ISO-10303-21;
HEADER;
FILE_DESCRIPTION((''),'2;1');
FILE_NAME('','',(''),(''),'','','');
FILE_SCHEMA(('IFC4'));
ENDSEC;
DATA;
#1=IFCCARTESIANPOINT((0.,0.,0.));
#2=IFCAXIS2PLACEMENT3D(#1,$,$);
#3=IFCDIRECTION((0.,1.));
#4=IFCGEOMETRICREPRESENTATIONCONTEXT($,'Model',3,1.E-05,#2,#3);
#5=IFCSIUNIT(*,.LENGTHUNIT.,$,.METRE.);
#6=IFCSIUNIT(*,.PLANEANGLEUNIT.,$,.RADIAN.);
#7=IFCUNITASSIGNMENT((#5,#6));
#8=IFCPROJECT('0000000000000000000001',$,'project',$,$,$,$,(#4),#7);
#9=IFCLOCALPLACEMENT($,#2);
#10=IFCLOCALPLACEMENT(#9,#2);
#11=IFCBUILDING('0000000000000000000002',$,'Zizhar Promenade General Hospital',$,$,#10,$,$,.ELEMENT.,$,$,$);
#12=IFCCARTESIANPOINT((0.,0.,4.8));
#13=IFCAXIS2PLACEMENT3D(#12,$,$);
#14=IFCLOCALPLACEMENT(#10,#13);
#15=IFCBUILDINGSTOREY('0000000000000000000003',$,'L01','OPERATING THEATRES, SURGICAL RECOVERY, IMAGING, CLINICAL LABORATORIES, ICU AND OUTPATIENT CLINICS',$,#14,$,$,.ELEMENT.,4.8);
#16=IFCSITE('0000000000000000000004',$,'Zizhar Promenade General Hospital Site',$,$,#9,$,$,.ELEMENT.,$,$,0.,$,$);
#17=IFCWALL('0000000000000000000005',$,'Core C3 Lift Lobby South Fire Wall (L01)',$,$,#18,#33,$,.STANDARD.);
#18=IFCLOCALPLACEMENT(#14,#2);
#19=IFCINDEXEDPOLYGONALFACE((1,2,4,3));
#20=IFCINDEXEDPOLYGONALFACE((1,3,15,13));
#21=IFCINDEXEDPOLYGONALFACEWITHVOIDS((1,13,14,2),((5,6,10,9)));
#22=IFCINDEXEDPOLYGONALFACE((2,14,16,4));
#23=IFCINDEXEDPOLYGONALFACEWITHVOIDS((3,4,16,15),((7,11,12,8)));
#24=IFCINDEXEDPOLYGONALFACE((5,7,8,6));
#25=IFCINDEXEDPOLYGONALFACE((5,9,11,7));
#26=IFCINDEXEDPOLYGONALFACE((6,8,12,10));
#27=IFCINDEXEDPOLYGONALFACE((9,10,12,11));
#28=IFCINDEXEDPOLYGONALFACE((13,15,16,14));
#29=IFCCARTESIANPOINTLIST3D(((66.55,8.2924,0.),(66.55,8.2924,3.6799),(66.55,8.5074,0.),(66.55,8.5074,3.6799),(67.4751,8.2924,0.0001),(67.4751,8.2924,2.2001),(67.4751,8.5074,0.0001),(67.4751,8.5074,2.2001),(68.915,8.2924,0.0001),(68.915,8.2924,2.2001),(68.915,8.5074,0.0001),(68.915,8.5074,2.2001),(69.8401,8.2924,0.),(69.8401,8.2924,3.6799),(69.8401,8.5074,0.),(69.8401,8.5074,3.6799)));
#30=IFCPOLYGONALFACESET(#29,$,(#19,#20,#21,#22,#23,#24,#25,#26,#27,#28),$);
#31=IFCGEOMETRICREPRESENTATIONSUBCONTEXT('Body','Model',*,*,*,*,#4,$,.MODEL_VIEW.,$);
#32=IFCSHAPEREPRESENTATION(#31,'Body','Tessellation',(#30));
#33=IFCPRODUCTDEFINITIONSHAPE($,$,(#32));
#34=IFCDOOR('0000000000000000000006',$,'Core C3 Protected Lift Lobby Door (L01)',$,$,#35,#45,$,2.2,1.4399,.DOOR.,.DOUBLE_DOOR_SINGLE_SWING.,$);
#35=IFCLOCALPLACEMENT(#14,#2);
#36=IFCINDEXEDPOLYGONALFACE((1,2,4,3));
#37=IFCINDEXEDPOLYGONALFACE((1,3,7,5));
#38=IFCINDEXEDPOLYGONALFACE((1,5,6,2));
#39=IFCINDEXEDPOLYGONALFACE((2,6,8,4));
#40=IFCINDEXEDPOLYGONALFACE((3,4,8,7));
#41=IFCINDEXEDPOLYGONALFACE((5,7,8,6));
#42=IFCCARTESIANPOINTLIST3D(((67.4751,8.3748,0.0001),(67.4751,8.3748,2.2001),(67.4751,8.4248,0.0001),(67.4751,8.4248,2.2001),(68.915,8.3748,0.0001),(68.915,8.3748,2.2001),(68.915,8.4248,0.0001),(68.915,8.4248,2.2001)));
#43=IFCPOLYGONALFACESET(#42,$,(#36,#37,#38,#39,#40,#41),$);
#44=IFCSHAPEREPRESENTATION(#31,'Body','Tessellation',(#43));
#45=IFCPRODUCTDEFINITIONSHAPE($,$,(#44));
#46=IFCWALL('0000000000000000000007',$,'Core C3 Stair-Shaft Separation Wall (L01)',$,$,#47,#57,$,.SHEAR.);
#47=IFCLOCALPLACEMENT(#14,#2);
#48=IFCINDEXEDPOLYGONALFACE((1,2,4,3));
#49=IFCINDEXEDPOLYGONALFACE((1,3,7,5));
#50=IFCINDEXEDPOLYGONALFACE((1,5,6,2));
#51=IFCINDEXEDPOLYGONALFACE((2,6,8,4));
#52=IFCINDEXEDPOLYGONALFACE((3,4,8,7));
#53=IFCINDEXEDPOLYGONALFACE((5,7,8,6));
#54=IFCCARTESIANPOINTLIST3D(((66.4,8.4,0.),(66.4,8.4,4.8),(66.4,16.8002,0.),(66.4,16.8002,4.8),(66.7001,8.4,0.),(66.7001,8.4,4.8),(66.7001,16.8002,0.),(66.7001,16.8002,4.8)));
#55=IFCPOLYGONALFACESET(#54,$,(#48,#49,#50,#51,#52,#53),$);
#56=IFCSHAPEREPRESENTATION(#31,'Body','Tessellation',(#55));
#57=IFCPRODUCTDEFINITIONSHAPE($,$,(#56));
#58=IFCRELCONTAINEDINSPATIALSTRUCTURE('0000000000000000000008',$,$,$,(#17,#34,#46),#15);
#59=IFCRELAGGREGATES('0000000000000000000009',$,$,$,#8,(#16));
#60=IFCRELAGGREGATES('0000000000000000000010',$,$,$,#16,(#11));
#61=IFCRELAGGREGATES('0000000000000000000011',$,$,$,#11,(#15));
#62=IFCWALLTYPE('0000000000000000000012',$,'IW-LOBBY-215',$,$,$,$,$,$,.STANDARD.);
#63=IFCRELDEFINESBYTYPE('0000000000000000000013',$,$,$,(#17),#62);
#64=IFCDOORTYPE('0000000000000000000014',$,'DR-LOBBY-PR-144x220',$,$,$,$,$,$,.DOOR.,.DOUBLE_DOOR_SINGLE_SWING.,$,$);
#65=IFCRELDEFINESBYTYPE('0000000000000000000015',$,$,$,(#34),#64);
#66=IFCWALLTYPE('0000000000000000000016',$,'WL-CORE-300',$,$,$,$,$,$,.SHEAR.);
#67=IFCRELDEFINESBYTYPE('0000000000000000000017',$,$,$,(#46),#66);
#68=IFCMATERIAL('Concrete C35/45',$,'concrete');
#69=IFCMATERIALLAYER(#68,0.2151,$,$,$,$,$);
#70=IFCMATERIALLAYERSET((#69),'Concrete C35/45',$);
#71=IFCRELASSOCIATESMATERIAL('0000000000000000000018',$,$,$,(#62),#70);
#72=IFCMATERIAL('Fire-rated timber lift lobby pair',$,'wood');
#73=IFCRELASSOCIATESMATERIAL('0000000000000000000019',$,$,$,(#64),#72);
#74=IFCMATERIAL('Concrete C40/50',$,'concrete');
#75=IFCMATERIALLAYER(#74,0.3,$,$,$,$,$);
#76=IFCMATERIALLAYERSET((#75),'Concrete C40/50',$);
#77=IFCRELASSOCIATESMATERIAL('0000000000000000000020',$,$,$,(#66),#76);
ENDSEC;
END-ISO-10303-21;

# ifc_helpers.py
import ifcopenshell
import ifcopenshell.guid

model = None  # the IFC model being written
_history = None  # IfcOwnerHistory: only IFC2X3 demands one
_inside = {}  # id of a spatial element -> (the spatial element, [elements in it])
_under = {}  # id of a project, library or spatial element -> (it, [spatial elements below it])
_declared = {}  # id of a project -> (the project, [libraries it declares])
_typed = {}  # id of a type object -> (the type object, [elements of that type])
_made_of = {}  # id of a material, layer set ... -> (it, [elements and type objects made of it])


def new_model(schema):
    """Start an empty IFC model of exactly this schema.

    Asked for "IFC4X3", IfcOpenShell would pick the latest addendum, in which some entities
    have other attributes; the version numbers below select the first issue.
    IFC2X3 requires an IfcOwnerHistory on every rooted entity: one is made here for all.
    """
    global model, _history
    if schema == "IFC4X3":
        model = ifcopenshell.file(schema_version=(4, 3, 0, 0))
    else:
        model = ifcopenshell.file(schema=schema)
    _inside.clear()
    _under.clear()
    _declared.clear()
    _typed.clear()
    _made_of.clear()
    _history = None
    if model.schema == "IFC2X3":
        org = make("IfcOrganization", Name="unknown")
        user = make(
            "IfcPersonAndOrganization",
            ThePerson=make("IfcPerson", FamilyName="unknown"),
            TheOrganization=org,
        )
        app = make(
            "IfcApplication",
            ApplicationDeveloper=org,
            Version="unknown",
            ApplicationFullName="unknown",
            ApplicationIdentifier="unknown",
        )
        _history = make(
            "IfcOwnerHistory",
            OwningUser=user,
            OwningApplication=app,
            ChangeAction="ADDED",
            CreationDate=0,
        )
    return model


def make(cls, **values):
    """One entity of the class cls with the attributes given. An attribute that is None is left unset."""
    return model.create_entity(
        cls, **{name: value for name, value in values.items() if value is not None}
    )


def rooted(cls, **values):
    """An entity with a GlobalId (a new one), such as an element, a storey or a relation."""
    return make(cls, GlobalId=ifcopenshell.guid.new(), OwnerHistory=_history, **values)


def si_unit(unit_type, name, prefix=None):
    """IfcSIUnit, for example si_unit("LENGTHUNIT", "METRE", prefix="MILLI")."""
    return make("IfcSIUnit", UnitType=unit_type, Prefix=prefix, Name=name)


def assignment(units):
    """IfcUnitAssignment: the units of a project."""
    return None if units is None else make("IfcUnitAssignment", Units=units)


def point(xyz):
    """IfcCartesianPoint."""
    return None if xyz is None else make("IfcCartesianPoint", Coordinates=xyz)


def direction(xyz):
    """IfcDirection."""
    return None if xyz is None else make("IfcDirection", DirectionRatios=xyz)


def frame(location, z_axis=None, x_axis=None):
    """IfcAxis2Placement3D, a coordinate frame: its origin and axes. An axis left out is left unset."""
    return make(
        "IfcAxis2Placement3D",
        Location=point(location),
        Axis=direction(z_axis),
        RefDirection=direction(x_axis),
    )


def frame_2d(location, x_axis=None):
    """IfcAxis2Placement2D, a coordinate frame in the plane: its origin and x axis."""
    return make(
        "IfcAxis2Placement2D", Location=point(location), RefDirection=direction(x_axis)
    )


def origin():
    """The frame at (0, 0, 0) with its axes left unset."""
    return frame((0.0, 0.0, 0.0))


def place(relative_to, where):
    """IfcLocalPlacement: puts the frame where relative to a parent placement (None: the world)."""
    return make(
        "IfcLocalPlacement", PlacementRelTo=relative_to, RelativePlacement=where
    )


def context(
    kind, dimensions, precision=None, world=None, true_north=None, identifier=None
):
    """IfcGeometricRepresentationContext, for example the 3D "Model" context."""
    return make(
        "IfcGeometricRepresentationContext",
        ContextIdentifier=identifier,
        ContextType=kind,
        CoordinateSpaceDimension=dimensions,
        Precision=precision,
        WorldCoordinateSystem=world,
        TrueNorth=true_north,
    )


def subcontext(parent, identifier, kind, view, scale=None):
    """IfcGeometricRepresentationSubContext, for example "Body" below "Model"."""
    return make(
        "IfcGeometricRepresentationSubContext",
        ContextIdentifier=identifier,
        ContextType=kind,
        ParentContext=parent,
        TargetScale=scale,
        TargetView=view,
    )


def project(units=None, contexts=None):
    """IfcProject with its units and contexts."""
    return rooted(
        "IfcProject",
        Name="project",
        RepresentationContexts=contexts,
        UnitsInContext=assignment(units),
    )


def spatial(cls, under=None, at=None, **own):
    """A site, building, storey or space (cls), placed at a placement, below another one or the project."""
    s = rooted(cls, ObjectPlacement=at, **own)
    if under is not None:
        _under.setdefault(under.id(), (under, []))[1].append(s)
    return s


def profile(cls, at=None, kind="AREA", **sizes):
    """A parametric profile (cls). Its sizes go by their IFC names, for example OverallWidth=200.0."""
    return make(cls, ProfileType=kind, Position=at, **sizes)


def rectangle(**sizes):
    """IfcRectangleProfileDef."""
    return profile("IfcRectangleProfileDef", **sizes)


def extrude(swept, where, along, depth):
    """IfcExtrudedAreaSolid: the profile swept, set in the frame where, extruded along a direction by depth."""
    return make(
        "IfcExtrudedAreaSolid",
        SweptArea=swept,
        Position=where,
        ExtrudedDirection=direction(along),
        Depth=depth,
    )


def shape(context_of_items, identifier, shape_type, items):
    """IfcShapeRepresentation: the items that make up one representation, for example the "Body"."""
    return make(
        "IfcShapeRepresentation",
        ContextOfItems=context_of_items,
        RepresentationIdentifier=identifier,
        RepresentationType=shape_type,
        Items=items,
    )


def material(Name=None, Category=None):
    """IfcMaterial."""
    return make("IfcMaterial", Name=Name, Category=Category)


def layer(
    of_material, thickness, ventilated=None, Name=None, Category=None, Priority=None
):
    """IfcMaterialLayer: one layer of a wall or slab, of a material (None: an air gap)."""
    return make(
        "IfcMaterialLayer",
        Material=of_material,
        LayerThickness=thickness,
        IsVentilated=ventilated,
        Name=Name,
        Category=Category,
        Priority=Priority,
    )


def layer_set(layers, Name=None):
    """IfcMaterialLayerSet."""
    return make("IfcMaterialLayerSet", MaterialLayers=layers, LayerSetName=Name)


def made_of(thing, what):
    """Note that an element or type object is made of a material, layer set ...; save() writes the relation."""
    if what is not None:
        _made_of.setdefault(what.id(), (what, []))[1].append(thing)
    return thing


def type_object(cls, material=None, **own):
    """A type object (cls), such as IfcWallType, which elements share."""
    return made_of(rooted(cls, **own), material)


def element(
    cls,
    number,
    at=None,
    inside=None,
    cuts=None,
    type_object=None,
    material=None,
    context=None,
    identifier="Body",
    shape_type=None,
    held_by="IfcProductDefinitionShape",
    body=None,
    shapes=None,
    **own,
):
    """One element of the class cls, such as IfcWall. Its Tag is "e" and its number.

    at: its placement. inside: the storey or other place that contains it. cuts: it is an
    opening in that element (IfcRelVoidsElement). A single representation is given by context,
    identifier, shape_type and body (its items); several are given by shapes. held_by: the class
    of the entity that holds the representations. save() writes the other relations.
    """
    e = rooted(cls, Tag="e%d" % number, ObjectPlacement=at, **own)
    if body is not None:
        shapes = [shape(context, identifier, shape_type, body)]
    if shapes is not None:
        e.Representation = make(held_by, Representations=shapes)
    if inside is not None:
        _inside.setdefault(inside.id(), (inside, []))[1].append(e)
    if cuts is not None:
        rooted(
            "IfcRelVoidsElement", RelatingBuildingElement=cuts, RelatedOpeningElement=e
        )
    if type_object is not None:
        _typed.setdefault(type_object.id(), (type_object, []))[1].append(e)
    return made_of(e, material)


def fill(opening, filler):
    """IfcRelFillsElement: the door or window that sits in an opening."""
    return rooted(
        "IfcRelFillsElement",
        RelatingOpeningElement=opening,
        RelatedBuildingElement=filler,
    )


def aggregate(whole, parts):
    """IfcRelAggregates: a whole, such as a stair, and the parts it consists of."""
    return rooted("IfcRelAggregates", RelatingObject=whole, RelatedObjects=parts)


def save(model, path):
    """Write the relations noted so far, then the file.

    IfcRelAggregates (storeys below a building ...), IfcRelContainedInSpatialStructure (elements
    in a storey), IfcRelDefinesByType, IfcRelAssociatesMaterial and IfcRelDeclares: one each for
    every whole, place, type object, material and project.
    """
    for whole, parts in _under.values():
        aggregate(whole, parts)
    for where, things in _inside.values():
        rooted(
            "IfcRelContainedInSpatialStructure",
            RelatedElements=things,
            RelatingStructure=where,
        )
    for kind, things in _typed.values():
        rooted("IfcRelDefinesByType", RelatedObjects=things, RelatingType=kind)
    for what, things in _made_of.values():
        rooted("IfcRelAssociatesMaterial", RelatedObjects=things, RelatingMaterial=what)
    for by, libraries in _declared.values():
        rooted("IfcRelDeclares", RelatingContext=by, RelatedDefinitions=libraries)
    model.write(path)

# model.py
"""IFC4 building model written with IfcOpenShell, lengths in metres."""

from ifc_helpers import new_model, si_unit, direction, frame, frame_2d, origin, place, context, subcontext, project, spatial, rectangle, extrude, material, layer, layer_set, type_object, element, fill, save


model = new_model("IFC4")

# Units and contexts
model_context = context("Model", 3, precision=1e-05, world=origin(), true_north=direction((0.0, 1.0)))
body_context = subcontext(model_context, "Body", "Model", "MODEL_VIEW")
ifc_project = project(units=[si_unit("LENGTHUNIT", "METRE"), si_unit("PLANEANGLEUNIT", "RADIAN")], contexts=[model_context])

# Site, building, storey
site_placement = place(None, origin())
site = spatial("IfcSite", under=ifc_project, at=site_placement, Name="Zizhar Promenade General Hospital Site", CompositionType="ELEMENT", RefElevation=0.0)
building_placement = place(site_placement, origin())
building = spatial("IfcBuilding", under=site, at=building_placement, Name="Zizhar Promenade General Hospital", CompositionType="ELEMENT")
storey_placement = place(building_placement, frame((0.0, 0.0, 4.8)))
storey = spatial("IfcBuildingStorey", under=building, at=storey_placement, Name="L01", Description="OPERATING THEATRES, SURGICAL RECOVERY, IMAGING, CLINICAL LABORATORIES, ICU AND OUTPATIENT CLINICS", CompositionType="ELEMENT", Elevation=4.8)

# Wall, opening, door
ifc_material_1 = material(Name="Concrete C35/45", Category="concrete")
ifc_layer_1 = layer(ifc_material_1, 0.2151)
ifc_layer_set_1 = layer_set([ifc_layer_1], Name="Concrete C35/45")
wall_type_1 = type_object("IfcWallType", Name="IW-LOBBY-215", PredefinedType="STANDARD", material=ifc_layer_set_1)
wall_1_placement = place(storey_placement, frame((66.55, 8.3999, 0.0), z_axis=(0.0, 0.0, 1.0), x_axis=(1.0, 0.0, 0.0)))
wall_1 = element("IfcWall", 1, at=wall_1_placement, inside=storey, type_object=wall_type_1, Name="Core C3 Lift Lobby South Fire Wall (L01)", PredefinedType="STANDARD", context=body_context, shape_type="SweptSolid", body=[
    extrude(rectangle(XDim=3.29, YDim=0.2151, at=frame_2d((1.645, 0.0))), origin(), (0.0, 0.0, 1.0), 3.6799),
])
opening_placement = place(wall_1_placement, frame((0.925, 0.0, 0.0)))
opening = element("IfcOpeningElement", 2, at=opening_placement, cuts=wall_1, PredefinedType="OPENING", context=body_context, shape_type="SweptSolid", body=[
    extrude(rectangle(XDim=1.4399, YDim=2.2, at=frame_2d((0.72, 1.1001))), frame((0.0, 0.1177, 0.0), z_axis=(0.0, -1.0, 0.0), x_axis=(1.0, 0.0, 0.0)), (0.0, 0.0, 1.0), 0.2351),
])
ifc_material_2 = material(Name="Fire-rated timber lift lobby pair", Category="wood")
door_type = type_object("IfcDoorType", Name="DR-LOBBY-PR-144x220", OperationType="DOUBLE_DOOR_SINGLE_SWING", PredefinedType="DOOR", material=ifc_material_2)
door_placement = place(opening_placement, origin())
door = element("IfcDoor", 3, at=door_placement, inside=storey, type_object=door_type, Name="Core C3 Protected Lift Lobby Door (L01)", OperationType="DOUBLE_DOOR_SINGLE_SWING", OverallHeight=2.2, OverallWidth=1.4399, PredefinedType="DOOR", context=body_context, shape_type="SweptSolid", body=[
    extrude(rectangle(XDim=1.4399, YDim=2.2, at=frame_2d((0.72, 1.1001))), frame((0.0, 0.0249, 0.0), z_axis=(0.0, -1.0, 0.0), x_axis=(1.0, 0.0, 0.0)), (0.0, 0.0, 1.0), 0.05),
])
fill(opening, door)

# Wall
ifc_material_3 = material(Name="Concrete C40/50", Category="concrete")
ifc_layer_2 = layer(ifc_material_3, 0.3)
ifc_layer_set_2 = layer_set([ifc_layer_2], Name="Concrete C40/50")
wall_type_2 = type_object("IfcWallType", Name="WL-CORE-300", PredefinedType="SHEAR", material=ifc_layer_set_2)
wall_2_placement = place(storey_placement, frame((66.55, 8.3999, 0.0), z_axis=(0.0, 0.0, 1.0), x_axis=(0.0, 1.0, 0.0)))
element("IfcWall", 4, at=wall_2_placement, inside=storey, type_object=wall_type_2, Name="Core C3 Stair-Shaft Separation Wall (L01)", PredefinedType="SHEAR", context=body_context, shape_type="SweptSolid", body=[
    extrude(rectangle(XDim=8.4001, YDim=0.3, at=frame_2d((4.2002, 0.0))), origin(), (0.0, 0.0, 1.0), 4.8),
])

save(model, "model.ifc")
